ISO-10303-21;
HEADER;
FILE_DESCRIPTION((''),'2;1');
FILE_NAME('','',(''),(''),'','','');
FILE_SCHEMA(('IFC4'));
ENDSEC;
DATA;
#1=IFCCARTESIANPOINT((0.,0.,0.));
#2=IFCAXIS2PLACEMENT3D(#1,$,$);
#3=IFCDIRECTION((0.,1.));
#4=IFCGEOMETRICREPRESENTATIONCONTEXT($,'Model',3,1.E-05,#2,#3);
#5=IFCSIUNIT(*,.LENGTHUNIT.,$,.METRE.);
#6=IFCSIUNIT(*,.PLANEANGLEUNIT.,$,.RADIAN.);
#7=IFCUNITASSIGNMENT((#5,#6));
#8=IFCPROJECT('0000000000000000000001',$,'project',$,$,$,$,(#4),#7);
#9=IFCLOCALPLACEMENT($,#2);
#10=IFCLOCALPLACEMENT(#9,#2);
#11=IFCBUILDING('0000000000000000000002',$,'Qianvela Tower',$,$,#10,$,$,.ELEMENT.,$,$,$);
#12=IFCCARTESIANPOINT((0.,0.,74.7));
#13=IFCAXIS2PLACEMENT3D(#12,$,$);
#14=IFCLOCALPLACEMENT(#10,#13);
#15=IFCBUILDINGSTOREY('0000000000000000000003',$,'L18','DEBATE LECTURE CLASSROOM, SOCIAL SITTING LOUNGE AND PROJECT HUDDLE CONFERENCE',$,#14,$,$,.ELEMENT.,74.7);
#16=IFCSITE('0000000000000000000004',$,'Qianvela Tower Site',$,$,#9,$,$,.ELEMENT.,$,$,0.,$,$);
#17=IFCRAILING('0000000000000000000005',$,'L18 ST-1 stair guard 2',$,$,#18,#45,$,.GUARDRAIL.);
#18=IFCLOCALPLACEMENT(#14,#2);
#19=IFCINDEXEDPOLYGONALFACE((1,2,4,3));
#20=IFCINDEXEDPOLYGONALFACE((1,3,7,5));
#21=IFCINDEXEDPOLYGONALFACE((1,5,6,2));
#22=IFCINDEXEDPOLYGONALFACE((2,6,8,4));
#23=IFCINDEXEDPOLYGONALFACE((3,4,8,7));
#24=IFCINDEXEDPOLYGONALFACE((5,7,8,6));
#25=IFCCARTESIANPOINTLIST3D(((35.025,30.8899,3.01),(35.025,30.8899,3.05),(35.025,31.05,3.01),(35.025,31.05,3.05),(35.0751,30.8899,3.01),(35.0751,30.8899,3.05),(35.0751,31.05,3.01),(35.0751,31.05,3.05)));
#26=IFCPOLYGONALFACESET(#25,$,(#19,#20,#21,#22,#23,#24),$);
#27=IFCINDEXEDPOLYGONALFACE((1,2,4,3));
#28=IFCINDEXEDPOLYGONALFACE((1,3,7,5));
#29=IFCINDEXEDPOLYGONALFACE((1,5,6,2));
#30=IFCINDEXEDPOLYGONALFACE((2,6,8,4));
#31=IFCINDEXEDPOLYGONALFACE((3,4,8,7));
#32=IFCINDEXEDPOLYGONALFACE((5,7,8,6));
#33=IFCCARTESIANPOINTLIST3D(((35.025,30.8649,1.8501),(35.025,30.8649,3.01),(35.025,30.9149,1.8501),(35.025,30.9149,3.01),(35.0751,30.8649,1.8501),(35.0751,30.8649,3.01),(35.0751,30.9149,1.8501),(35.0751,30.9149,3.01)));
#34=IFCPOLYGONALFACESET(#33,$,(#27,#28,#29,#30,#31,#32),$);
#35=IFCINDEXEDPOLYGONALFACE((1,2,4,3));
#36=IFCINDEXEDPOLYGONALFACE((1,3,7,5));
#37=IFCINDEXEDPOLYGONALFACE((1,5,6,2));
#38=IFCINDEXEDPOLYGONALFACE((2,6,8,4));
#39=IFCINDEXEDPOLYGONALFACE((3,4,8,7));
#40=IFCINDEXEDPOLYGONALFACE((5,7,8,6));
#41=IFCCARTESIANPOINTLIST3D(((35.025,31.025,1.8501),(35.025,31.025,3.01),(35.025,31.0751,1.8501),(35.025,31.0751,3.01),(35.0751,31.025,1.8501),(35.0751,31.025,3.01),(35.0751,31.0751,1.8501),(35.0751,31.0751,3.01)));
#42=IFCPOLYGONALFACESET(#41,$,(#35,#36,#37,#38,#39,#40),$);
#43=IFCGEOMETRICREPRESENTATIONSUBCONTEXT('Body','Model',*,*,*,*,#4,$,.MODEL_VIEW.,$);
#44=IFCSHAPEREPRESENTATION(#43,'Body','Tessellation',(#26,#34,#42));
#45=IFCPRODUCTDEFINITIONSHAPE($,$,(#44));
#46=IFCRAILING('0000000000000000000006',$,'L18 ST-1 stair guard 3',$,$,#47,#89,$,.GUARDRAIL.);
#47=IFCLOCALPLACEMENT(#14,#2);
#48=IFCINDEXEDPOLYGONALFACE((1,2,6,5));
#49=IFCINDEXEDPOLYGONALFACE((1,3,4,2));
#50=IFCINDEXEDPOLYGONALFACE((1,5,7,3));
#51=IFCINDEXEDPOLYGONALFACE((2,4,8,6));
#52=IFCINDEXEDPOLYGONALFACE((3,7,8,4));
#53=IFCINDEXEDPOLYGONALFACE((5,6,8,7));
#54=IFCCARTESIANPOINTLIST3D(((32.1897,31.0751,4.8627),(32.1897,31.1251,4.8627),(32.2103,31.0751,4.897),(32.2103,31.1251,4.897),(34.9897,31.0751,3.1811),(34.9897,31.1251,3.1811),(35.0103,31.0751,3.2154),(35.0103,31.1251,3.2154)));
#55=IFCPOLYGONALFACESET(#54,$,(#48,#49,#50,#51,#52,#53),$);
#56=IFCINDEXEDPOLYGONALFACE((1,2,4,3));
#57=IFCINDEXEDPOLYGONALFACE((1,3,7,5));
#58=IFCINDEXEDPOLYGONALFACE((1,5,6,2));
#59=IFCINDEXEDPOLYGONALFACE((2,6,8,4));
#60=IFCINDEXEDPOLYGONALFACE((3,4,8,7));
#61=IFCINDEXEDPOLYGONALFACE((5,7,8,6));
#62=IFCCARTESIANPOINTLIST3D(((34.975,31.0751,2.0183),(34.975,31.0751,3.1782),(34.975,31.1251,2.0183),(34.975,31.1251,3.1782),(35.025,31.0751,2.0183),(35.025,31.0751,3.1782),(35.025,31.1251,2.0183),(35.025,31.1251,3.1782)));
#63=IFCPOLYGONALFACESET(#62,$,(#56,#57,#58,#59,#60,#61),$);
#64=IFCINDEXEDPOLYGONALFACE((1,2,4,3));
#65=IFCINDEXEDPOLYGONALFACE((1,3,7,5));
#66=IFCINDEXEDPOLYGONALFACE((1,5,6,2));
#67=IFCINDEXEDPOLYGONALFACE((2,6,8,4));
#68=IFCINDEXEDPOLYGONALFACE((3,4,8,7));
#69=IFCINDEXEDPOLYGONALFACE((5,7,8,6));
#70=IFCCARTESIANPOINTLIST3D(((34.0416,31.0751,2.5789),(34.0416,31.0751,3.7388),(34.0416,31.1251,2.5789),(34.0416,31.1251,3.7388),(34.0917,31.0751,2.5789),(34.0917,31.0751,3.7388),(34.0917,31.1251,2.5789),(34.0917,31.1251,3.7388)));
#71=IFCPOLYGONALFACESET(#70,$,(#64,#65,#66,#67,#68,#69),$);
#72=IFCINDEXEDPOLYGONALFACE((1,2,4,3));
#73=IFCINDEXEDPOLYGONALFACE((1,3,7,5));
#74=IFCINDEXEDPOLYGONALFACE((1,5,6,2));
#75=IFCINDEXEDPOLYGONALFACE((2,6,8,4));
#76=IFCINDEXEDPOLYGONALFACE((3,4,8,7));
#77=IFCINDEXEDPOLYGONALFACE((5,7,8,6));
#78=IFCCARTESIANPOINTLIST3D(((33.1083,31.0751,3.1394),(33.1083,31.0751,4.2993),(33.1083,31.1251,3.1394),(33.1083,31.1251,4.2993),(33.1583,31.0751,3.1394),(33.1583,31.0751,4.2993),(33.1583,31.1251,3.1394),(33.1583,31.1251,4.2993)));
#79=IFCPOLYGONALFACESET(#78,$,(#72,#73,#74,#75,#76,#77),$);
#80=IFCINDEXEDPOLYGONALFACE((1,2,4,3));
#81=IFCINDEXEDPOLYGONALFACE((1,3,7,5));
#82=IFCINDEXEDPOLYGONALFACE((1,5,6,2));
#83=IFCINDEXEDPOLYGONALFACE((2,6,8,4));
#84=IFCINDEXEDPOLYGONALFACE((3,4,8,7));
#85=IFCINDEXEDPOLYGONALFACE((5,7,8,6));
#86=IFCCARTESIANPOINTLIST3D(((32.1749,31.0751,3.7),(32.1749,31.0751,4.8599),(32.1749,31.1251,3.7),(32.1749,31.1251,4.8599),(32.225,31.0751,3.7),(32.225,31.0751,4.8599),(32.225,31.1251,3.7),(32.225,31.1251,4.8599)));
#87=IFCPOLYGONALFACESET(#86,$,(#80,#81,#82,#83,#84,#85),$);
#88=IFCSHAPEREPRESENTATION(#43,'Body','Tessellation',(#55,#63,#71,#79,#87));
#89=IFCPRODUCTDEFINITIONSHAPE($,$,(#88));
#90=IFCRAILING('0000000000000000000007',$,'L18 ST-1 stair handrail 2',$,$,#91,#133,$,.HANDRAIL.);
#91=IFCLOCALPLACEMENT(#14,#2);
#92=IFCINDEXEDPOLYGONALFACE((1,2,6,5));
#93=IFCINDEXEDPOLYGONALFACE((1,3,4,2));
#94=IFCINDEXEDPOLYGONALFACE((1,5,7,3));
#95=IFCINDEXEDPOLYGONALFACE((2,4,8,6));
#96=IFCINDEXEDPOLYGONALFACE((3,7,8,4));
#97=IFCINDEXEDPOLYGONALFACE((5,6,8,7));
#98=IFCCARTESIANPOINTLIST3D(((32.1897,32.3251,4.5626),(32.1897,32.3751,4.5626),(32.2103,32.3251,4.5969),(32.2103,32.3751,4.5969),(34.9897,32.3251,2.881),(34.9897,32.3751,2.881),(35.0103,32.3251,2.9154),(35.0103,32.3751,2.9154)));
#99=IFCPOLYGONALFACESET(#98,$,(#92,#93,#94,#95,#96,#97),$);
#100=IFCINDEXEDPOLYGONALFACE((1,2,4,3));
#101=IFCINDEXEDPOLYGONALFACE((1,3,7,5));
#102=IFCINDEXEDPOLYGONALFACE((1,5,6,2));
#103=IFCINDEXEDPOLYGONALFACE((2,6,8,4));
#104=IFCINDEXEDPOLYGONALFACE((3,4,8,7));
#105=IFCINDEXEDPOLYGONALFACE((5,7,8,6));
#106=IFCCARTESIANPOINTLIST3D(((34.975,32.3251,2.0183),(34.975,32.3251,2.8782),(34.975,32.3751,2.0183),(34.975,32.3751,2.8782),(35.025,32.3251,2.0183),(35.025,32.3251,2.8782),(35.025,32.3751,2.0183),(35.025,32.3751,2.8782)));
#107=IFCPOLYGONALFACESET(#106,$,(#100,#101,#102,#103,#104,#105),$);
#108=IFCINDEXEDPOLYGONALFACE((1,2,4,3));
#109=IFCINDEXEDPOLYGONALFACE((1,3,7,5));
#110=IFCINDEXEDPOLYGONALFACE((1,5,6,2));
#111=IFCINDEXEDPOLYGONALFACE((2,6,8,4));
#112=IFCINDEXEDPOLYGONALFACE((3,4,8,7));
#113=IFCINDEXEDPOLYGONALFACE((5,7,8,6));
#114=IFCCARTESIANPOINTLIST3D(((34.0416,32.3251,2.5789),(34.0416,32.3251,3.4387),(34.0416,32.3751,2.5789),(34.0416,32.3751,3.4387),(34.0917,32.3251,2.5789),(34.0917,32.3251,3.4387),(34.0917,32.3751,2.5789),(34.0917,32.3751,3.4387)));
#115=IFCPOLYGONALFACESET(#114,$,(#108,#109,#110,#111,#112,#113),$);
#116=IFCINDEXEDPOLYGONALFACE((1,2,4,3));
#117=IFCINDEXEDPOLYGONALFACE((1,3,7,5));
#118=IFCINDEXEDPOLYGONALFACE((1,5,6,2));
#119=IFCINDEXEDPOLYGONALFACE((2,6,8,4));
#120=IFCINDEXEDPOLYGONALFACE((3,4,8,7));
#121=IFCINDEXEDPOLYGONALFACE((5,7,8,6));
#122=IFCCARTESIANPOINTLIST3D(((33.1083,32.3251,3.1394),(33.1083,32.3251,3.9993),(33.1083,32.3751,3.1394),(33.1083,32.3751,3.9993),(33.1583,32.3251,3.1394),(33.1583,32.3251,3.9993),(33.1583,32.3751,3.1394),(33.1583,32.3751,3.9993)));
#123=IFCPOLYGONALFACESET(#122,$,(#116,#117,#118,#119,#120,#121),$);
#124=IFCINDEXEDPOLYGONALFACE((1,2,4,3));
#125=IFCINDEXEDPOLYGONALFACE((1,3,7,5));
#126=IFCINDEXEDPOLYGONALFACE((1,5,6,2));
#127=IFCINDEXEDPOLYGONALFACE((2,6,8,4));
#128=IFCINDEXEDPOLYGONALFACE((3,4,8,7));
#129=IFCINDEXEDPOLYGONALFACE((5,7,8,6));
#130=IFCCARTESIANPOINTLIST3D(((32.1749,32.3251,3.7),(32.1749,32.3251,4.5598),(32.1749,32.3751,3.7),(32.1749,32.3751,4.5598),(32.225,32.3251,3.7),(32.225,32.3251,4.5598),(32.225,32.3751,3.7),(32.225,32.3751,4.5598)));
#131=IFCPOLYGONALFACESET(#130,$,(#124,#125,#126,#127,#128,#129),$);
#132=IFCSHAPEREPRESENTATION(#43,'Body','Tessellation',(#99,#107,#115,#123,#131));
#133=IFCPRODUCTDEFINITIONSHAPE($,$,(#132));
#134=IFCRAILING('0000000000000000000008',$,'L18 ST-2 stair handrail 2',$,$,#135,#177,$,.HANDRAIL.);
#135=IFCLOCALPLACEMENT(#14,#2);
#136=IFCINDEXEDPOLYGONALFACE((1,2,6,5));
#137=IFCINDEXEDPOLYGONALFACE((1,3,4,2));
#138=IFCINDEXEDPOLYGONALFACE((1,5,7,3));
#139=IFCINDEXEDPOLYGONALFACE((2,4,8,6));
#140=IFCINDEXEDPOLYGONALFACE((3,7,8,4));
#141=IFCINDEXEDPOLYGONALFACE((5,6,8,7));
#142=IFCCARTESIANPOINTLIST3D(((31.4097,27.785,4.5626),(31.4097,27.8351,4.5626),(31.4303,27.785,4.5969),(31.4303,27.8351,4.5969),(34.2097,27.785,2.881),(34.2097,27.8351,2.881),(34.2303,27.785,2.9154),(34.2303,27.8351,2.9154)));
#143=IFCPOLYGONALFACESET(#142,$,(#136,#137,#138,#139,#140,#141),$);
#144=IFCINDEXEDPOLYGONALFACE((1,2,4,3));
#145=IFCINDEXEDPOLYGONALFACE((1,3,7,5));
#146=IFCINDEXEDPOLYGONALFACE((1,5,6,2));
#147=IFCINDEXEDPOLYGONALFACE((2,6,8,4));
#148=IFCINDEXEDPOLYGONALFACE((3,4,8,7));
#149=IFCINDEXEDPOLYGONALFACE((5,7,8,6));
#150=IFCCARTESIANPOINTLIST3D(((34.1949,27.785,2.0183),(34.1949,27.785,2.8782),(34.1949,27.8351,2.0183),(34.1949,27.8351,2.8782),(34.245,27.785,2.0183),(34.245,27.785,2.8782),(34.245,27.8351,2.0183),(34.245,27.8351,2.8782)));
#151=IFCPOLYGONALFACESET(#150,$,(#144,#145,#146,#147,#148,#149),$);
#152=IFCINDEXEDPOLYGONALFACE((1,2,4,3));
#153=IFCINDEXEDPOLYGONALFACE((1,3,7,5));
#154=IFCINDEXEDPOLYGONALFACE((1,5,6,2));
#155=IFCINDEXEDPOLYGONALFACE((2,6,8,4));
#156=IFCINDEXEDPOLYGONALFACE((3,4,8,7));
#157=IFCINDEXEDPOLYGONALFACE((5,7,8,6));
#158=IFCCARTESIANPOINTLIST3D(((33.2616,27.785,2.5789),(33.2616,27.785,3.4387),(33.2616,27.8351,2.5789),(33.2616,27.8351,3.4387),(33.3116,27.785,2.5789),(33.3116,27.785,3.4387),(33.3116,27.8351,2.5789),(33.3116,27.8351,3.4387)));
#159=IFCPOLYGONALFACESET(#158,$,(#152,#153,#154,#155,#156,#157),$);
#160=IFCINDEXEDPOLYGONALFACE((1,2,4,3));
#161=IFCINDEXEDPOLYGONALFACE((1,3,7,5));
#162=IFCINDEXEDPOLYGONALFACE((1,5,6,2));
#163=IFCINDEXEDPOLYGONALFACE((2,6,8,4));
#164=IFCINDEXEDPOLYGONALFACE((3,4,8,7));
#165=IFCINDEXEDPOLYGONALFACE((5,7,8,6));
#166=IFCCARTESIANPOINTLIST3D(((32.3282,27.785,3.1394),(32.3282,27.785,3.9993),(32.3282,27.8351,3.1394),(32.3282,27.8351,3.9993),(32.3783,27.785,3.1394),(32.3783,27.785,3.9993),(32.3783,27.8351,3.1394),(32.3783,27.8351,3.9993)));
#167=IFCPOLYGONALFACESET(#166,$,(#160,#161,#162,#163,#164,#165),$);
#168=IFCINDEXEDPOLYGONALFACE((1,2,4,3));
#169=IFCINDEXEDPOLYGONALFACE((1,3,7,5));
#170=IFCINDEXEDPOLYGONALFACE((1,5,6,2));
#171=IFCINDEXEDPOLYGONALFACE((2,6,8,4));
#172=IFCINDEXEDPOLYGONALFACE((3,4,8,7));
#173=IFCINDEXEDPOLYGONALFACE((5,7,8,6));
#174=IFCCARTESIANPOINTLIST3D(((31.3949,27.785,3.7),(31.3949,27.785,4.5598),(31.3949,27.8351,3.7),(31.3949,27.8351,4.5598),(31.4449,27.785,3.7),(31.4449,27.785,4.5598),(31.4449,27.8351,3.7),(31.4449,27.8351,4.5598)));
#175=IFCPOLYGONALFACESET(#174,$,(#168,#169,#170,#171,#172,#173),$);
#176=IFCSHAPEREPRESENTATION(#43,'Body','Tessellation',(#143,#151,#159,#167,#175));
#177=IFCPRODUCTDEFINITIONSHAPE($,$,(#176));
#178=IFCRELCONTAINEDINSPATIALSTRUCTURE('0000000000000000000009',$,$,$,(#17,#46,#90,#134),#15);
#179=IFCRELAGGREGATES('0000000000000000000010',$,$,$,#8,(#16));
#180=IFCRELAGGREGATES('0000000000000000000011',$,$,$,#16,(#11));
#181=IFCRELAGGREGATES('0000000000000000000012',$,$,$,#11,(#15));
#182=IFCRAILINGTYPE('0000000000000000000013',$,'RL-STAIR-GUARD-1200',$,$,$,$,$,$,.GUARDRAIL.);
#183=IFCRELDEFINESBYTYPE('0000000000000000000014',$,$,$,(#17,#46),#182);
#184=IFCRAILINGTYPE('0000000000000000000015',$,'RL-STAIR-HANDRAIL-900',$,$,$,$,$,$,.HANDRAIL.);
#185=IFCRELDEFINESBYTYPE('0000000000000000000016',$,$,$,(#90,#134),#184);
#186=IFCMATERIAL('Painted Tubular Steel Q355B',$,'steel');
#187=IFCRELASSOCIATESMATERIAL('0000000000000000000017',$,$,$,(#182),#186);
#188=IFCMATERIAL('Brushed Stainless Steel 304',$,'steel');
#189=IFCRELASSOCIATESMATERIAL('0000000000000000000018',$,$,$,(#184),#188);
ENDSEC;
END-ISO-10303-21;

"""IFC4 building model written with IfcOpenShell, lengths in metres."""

from ifc_helpers import new_model, si_unit, direction, frame, origin, origin_2d, place, context, subcontext, project, spatial, rectangle, extrude, material, type_object, element, save


model = new_model("IFC4")

# Units and contexts
model_context = context("Model", 3, precision=1e-05, world=origin(), true_north=direction((0.0, 1.0)))
body_context = subcontext(model_context, "Body", "Model", "MODEL_VIEW")
ifc_project = project(units=[si_unit("LENGTHUNIT", "METRE"), si_unit("PLANEANGLEUNIT", "RADIAN")], contexts=[model_context])

# Site, building, storey
site_placement = place(None, origin())
site = spatial("IfcSite", under=ifc_project, at=site_placement, Name="Qianvela Tower Site", CompositionType="ELEMENT", RefElevation=0.0)
building_placement = place(site_placement, origin())
building = spatial("IfcBuilding", under=site, at=building_placement, Name="Qianvela Tower", CompositionType="ELEMENT")
storey_placement = place(building_placement, frame((0.0, 0.0, 74.7)))
storey = spatial("IfcBuildingStorey", under=building, at=storey_placement, Name="L18", Description="DEBATE LECTURE CLASSROOM, SOCIAL SITTING LOUNGE AND PROJECT HUDDLE CONFERENCE", CompositionType="ELEMENT", Elevation=74.7)

# Railings
ifc_material_1 = material(Name="Painted Tubular Steel Q355B", Category="steel")
railing_type_1 = type_object("IfcRailingType", Name="RL-STAIR-GUARD-1200", PredefinedType="GUARDRAIL", material=ifc_material_1)
railing_1_placement = place(storey_placement, frame((35.05, 30.8899, 1.8501)))
element("IfcRailing", 1, at=railing_1_placement, inside=storey, type_object=railing_type_1, Name="L18 ST-1 stair guard 2", PredefinedType="GUARDRAIL", context=body_context, shape_type="SweptSolid", body=[
    extrude(rectangle(XDim=0.05, YDim=0.04, at=origin_2d()), frame((0.0, 0.0, 1.1799), z_axis=(0.0, 1.0, 0.0), x_axis=(-1.0, 0.0, 0.0)), (0.0, 0.0, 1.0), 0.1602),
    extrude(rectangle(XDim=0.05, YDim=0.05, at=origin_2d()), origin(), (0.0, 0.0, 1.0), 1.1599),
    extrude(rectangle(XDim=0.05, YDim=0.05, at=origin_2d()), frame((0.0, 0.1602, 0.0)), (0.0, 0.0, 1.0), 1.1599),
])
railing_2_placement = place(storey_placement, frame((35.0, 31.1001, 2.0183)))
element("IfcRailing", 2, at=railing_2_placement, inside=storey, type_object=railing_type_1, Name="L18 ST-1 stair guard 3", PredefinedType="GUARDRAIL", context=body_context, shape_type="SweptSolid", body=[
    extrude(rectangle(XDim=0.05, YDim=0.04, at=origin_2d()), frame((0.0, 0.0, 1.1799), z_axis=(-0.857275, 0.0, 0.514858), x_axis=(0.0, -1.0, 0.0)), (0.0, 0.0, 1.0), 3.2661),
    extrude(rectangle(XDim=0.05, YDim=0.05, at=origin_2d()), origin(), (0.0, 0.0, 1.0), 1.1599),
    extrude(rectangle(XDim=0.05, YDim=0.05, at=origin_2d()), frame((-0.9333, 0.0, 0.5605)), (0.0, 0.0, 1.0), 1.1599),
    extrude(rectangle(XDim=0.05, YDim=0.05, at=origin_2d()), frame((-1.8667, 0.0, 1.1211)), (0.0, 0.0, 1.0), 1.1599),
    extrude(rectangle(XDim=0.05, YDim=0.05, at=origin_2d()), frame((-2.8, 0.0, 1.6816)), (0.0, 0.0, 1.0), 1.1599),
])
ifc_material_2 = material(Name="Brushed Stainless Steel 304", Category="steel")
railing_type_2 = type_object("IfcRailingType", Name="RL-STAIR-HANDRAIL-900", PredefinedType="HANDRAIL", material=ifc_material_2)
for number, where, name in (
    (3, (35.0, 32.3501, 2.0183), "L18 ST-1 stair handrail 2"),
    (4, (34.22, 27.8101, 2.0183), "L18 ST-2 stair handrail 2"),
):
    element("IfcRailing", number, at=place(storey_placement, frame(where)), inside=storey, type_object=railing_type_2, Name=name, PredefinedType="HANDRAIL", context=body_context, shape_type="SweptSolid", body=[
        extrude(rectangle(XDim=0.05, YDim=0.04, at=origin_2d()), frame((0.0, 0.0, 0.8799), z_axis=(-0.857275, 0.0, 0.514858), x_axis=(0.0, -1.0, 0.0)), (0.0, 0.0, 1.0), 3.2661),
        extrude(rectangle(XDim=0.05, YDim=0.05, at=origin_2d()), origin(), (0.0, 0.0, 1.0), 0.8599),
        extrude(rectangle(XDim=0.05, YDim=0.05, at=origin_2d()), frame((-0.9333, 0.0, 0.5605)), (0.0, 0.0, 1.0), 0.8599),
        extrude(rectangle(XDim=0.05, YDim=0.05, at=origin_2d()), frame((-1.8667, 0.0, 1.1211)), (0.0, 0.0, 1.0), 0.8599),
        extrude(rectangle(XDim=0.05, YDim=0.05, at=origin_2d()), frame((-2.8, 0.0, 1.6816)), (0.0, 0.0, 1.0), 0.8599),
    ])

save(model, "model.ifc")
